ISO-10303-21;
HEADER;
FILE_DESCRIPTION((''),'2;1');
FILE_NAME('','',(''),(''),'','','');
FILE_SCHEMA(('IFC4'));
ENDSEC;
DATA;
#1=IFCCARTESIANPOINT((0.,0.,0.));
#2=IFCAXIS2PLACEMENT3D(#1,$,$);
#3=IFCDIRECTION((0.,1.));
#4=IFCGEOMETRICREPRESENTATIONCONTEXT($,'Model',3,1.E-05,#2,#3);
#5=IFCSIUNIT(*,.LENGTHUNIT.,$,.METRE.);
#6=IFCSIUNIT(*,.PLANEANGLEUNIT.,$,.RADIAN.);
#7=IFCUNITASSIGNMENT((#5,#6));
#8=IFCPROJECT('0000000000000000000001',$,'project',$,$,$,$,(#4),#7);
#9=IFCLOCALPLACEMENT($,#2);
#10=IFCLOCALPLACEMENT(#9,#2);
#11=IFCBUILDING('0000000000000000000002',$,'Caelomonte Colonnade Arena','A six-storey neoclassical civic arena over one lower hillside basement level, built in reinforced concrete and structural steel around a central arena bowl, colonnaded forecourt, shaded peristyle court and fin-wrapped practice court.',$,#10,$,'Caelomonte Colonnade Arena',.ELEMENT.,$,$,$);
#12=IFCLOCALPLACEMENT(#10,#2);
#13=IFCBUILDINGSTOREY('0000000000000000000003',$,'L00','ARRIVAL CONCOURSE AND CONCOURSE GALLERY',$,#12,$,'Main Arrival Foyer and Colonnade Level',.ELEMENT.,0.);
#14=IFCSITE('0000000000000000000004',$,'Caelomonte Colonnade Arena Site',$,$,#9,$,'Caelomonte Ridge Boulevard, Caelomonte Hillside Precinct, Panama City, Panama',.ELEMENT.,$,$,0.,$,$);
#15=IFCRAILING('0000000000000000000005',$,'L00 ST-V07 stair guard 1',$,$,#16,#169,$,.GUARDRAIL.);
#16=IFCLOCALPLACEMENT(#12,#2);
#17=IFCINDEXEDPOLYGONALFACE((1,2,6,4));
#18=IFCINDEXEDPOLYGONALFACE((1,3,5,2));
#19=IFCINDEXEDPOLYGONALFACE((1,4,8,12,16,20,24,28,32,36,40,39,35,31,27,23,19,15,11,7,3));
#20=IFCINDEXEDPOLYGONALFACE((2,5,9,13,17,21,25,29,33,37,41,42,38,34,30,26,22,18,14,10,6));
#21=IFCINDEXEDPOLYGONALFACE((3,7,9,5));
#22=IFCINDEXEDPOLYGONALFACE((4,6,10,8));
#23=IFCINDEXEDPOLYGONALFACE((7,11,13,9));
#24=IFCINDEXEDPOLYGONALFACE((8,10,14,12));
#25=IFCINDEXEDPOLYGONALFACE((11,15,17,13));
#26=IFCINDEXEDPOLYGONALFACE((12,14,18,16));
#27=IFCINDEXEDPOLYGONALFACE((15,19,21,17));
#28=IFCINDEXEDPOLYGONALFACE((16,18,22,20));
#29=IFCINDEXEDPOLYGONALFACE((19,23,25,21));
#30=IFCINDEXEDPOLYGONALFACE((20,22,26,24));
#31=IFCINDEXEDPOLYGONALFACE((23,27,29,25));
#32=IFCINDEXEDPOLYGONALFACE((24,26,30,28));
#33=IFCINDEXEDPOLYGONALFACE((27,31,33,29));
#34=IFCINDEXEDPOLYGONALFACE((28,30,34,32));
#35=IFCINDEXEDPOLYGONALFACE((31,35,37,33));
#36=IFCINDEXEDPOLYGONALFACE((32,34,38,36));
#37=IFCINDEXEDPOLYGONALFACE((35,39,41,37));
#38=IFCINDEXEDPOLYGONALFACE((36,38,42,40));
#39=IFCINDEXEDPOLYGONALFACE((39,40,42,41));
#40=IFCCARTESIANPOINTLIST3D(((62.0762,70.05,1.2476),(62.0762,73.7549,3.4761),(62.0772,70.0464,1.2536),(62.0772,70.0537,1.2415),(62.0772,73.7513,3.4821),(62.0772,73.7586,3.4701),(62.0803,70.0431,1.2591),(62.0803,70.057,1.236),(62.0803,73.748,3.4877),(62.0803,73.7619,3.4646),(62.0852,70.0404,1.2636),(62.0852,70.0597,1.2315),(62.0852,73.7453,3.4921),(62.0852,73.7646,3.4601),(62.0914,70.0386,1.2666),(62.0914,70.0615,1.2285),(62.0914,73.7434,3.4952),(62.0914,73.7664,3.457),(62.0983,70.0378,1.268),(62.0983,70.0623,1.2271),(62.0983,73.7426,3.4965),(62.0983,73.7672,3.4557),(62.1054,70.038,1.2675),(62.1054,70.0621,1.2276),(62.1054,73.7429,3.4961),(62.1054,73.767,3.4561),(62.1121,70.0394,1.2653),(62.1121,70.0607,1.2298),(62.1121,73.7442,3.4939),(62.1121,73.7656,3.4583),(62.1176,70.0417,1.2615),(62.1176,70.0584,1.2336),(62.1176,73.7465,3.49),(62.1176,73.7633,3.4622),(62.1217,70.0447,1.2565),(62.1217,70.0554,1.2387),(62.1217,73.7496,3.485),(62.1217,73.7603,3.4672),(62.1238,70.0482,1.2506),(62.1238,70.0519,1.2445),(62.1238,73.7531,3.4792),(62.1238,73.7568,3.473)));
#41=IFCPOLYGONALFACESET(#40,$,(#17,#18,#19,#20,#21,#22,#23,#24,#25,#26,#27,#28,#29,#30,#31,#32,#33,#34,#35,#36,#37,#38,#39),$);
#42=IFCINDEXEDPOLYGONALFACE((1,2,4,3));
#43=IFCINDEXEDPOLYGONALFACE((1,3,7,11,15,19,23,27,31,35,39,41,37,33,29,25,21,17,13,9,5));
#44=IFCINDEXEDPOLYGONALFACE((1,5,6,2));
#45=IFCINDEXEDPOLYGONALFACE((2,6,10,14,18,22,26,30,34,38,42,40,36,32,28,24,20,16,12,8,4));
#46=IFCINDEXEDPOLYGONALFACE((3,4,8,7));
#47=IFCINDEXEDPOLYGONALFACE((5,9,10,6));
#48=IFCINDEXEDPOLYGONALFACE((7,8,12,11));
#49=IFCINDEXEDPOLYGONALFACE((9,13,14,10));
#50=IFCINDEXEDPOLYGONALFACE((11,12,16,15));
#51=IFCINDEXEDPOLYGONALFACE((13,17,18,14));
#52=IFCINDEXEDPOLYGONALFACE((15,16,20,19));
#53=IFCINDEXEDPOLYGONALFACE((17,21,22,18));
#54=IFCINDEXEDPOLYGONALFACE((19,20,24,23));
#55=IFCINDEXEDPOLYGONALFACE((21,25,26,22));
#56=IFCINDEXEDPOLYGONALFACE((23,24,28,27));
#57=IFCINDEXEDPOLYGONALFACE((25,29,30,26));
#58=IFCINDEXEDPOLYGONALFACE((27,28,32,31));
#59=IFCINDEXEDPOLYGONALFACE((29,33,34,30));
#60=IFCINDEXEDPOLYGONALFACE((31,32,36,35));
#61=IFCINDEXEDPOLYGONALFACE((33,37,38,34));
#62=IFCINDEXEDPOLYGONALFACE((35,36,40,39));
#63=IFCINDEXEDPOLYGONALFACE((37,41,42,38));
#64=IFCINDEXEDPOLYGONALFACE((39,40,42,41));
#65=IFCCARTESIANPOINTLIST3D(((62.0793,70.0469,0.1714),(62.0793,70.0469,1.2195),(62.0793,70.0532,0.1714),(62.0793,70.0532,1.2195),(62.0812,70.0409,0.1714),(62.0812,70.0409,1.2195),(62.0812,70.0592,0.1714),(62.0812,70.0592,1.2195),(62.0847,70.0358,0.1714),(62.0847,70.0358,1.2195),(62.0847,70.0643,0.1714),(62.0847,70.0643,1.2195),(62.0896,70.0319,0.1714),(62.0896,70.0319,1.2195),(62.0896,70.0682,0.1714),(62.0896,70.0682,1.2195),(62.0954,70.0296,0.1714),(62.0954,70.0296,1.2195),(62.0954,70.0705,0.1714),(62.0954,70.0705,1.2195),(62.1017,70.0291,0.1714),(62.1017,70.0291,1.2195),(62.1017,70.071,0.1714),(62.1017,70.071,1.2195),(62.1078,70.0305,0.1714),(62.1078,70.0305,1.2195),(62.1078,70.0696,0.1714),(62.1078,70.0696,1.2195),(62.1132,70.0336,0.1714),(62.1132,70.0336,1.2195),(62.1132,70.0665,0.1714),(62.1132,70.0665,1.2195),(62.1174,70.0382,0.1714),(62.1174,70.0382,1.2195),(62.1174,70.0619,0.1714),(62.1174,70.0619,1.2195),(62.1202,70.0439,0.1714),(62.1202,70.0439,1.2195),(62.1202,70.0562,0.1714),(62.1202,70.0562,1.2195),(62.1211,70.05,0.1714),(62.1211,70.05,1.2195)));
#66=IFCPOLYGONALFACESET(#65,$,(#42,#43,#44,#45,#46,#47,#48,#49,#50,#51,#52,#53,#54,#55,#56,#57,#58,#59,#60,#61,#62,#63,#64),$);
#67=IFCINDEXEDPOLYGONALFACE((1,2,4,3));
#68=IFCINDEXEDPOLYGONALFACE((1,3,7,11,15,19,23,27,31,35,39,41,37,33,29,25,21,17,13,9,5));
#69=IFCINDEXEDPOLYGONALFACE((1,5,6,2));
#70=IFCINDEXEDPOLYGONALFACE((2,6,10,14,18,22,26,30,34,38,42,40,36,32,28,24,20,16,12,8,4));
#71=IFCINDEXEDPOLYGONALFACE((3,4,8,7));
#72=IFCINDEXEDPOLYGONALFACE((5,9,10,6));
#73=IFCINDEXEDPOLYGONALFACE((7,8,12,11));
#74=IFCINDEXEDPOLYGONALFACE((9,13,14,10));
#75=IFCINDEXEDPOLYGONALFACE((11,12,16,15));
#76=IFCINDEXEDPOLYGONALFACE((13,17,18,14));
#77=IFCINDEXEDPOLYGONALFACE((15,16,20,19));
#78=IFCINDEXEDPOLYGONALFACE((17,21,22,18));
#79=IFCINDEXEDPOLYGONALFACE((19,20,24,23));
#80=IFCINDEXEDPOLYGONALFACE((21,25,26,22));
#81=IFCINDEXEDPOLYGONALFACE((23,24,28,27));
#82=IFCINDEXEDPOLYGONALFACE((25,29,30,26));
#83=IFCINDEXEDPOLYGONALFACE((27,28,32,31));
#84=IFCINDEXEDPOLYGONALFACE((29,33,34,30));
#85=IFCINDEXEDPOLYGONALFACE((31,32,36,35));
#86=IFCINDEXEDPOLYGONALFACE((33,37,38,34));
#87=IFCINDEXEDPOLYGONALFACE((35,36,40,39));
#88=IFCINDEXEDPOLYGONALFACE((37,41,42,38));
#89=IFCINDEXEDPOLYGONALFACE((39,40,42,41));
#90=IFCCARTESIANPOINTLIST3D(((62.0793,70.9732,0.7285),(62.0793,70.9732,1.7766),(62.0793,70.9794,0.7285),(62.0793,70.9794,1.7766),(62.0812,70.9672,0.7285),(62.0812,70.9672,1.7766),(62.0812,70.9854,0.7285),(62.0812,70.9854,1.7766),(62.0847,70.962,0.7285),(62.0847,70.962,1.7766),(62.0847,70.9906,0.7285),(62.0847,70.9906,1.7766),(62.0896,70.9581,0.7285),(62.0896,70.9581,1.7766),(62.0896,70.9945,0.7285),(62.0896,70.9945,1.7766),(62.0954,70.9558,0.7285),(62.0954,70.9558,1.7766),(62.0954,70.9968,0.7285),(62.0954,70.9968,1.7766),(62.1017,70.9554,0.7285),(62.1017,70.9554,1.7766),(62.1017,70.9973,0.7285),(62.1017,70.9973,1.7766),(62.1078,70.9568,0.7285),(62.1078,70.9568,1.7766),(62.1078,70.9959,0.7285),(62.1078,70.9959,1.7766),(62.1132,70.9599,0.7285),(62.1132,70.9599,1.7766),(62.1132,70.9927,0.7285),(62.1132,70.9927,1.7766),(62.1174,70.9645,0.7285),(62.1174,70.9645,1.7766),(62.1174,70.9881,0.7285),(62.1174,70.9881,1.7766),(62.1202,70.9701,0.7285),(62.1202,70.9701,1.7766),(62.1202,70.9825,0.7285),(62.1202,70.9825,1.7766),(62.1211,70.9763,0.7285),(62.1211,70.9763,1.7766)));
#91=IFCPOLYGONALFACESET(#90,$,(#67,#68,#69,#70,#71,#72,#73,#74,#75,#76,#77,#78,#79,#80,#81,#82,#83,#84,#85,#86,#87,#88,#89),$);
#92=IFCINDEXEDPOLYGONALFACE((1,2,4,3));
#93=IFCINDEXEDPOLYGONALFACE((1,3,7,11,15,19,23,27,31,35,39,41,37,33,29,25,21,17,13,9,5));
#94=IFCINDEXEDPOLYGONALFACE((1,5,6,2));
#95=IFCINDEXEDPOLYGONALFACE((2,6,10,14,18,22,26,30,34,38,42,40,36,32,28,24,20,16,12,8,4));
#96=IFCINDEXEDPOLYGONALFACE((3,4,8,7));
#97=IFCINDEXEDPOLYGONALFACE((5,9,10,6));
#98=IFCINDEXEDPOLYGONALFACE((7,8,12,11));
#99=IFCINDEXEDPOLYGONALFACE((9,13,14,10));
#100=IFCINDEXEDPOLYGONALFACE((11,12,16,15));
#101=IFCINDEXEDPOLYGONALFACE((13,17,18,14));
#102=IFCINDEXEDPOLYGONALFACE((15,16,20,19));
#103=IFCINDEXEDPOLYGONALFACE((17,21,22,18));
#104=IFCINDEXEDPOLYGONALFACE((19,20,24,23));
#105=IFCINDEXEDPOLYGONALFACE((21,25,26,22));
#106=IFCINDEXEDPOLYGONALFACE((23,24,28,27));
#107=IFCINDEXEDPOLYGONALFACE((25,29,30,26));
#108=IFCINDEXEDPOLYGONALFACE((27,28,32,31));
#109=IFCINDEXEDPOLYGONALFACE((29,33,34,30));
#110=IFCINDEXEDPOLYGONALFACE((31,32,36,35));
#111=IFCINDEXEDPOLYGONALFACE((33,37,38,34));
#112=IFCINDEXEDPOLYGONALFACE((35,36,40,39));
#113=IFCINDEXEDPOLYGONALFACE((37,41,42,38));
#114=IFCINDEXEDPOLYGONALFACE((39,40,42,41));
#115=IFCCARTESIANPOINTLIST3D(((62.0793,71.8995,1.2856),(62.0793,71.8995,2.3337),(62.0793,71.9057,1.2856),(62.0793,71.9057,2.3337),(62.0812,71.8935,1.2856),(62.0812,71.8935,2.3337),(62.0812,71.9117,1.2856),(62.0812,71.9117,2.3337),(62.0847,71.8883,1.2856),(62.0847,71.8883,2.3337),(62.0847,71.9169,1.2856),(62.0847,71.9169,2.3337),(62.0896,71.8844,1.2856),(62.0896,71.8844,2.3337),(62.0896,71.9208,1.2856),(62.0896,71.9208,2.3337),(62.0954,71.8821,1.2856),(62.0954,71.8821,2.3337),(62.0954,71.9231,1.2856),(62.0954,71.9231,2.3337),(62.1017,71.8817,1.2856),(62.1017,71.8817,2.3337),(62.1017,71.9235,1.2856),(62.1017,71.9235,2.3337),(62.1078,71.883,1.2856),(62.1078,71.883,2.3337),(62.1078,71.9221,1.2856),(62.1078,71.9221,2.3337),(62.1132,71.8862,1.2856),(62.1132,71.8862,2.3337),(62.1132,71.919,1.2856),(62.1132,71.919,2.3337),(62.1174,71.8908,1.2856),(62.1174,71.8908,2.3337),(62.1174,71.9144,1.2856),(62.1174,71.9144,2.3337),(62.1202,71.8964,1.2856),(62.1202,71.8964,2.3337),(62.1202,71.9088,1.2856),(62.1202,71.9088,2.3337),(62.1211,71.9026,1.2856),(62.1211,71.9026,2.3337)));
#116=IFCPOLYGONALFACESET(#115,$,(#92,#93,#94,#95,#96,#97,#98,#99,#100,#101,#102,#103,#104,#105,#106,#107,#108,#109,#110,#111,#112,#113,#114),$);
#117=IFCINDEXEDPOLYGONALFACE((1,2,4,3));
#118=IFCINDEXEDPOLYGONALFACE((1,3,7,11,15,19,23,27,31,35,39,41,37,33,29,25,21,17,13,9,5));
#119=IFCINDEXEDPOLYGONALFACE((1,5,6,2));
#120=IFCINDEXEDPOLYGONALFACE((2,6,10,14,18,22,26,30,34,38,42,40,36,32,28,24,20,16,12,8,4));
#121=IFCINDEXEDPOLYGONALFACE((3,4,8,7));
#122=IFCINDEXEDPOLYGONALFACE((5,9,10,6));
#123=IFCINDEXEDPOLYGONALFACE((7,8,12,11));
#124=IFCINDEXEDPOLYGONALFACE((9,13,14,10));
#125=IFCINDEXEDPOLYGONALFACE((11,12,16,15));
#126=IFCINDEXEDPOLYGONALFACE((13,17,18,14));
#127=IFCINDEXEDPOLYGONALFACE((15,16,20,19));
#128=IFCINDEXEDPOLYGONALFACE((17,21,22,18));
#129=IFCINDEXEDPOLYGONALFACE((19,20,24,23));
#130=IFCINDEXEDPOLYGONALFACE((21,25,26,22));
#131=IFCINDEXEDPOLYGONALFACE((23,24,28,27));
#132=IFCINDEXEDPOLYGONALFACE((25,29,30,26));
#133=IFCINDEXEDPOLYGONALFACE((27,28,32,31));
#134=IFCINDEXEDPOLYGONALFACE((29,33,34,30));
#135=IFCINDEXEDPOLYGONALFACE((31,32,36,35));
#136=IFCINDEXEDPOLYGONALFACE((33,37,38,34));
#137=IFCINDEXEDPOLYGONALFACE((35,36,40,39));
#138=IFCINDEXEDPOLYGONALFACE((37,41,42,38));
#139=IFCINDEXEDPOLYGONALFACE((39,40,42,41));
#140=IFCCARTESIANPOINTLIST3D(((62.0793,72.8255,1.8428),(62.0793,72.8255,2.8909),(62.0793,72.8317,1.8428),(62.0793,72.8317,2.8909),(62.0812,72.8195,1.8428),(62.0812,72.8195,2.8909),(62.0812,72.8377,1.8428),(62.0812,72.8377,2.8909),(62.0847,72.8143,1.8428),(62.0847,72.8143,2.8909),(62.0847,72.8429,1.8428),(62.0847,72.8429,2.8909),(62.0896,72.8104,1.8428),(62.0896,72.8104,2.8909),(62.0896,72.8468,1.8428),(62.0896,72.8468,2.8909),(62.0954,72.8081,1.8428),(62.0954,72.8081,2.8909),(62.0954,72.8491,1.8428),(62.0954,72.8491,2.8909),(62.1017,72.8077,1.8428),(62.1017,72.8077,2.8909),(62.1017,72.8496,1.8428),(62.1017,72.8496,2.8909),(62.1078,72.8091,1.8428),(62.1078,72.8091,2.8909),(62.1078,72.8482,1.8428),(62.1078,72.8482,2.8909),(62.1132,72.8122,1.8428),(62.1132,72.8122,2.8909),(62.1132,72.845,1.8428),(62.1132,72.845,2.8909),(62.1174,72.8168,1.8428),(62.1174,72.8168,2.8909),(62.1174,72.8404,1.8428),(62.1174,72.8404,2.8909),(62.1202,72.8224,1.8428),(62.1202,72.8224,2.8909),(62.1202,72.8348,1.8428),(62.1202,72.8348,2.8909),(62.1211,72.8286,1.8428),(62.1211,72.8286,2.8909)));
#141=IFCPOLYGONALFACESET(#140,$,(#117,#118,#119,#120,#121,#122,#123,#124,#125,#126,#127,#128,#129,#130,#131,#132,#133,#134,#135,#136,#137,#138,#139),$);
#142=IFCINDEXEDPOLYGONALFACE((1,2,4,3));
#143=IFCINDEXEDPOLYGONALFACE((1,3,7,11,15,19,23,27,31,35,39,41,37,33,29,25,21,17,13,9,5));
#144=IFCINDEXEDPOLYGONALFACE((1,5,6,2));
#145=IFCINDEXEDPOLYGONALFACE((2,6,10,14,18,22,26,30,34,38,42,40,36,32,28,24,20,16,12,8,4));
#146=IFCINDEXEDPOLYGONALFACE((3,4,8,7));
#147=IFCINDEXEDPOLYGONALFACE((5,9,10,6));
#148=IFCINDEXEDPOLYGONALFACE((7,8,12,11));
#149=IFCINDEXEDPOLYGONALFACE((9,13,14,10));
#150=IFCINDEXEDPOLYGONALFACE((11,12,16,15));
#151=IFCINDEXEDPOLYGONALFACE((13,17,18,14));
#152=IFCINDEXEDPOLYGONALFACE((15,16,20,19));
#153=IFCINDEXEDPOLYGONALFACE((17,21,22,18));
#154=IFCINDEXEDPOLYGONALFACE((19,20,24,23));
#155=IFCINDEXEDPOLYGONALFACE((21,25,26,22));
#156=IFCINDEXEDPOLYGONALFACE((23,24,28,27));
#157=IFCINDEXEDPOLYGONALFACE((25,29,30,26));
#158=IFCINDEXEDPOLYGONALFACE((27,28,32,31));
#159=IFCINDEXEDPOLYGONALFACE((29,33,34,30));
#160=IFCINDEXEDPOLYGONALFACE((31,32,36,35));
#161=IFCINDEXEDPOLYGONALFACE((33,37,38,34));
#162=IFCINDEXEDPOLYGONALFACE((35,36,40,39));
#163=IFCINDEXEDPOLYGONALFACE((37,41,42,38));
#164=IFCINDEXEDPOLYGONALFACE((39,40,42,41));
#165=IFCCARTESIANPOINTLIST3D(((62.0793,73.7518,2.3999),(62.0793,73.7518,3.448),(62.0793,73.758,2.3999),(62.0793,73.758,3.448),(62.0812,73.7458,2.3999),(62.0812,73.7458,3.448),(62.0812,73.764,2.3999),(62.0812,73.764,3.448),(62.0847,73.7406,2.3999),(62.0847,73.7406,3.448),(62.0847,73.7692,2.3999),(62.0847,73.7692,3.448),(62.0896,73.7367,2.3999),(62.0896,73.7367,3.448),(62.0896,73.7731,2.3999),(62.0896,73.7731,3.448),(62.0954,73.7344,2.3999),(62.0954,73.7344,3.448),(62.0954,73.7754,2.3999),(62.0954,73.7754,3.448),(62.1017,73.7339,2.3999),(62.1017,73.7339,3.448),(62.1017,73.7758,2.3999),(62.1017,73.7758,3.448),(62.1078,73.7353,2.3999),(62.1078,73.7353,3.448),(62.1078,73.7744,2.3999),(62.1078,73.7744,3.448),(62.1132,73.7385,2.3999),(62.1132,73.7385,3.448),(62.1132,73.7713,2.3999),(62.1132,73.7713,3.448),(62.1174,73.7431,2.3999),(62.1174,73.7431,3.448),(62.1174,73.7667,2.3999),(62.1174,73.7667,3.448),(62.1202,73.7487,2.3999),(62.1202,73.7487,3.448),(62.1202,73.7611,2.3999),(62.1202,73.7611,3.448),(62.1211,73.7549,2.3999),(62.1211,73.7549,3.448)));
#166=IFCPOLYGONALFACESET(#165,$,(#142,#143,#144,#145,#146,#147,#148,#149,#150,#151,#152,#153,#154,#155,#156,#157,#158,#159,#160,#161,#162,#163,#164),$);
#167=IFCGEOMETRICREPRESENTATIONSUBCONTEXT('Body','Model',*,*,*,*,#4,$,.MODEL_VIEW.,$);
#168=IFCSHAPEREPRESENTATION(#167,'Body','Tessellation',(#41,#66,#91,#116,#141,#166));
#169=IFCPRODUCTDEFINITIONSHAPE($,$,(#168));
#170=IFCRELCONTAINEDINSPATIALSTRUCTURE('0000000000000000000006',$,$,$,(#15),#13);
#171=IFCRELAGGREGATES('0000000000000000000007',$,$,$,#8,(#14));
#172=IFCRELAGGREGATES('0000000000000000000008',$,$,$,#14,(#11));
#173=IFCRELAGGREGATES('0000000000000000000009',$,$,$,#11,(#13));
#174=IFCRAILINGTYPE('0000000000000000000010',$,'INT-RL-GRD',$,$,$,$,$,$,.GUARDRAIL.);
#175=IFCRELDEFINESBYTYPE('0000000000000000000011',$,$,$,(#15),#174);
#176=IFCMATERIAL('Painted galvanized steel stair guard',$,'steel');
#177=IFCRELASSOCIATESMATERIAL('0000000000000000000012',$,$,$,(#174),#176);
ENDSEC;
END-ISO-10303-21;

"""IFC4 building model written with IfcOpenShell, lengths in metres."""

from ifc_helpers import new_model, si_unit, direction, frame, origin, origin_2d, place, context, subcontext, project, spatial, circle, extrude, material, type_object, element, save


model = new_model("IFC4")

# Units and contexts
model_context = context("Model", 3, precision=1e-05, world=origin(), true_north=direction((0.0, 1.0)))
body_context = subcontext(model_context, "Body", "Model", "MODEL_VIEW")
ifc_project = project(units=[si_unit("LENGTHUNIT", "METRE"), si_unit("PLANEANGLEUNIT", "RADIAN")], contexts=[model_context])

# Site, building, storey
site_placement = place(None, origin())
site = spatial("IfcSite", under=ifc_project, at=site_placement, Name="Caelomonte Colonnade Arena Site", LongName="Caelomonte Ridge Boulevard, Caelomonte Hillside Precinct, Panama City, Panama", CompositionType="ELEMENT", RefElevation=0.0)
building_placement = place(site_placement, origin())
building = spatial("IfcBuilding", under=site, at=building_placement, Name="Caelomonte Colonnade Arena", Description="A six-storey neoclassical civic arena over one lower hillside basement level, built in reinforced concrete and structural steel around a central arena bowl, colonnaded forecourt, shaded peristyle court and fin-wrapped practice court.", LongName="Caelomonte Colonnade Arena", CompositionType="ELEMENT")
storey_placement = place(building_placement, origin())
storey = spatial("IfcBuildingStorey", under=building, at=storey_placement, Name="L00", Description="ARRIVAL CONCOURSE AND CONCOURSE GALLERY", LongName="Main Arrival Foyer and Colonnade Level", CompositionType="ELEMENT", Elevation=0.0)

# Railing
ifc_material_1 = material(Name="Painted galvanized steel stair guard", Category="steel")
railing_type_1 = type_object("IfcRailingType", Name="INT-RL-GRD", PredefinedType="GUARDRAIL", material=ifc_material_1)
railing_1_placement = place(storey_placement, frame((62.1001, 70.05, 0.1714)))
element("IfcRailing", 1, at=railing_1_placement, inside=storey, type_object=railing_type_1, Name="L00 ST-V07 stair guard 1", PredefinedType="GUARDRAIL", context=body_context, shape_type="SweptSolid", body=[
    extrude(circle(Radius=0.0239, at=origin_2d()), frame((0.0, 0.0, 1.0762), z_axis=(0.0, 0.856919, 0.51545), x_axis=(-1.0, 0.0, 0.0)), (0.0, 0.0, 1.0), 4.3235),
    extrude(circle(Radius=0.021, at=origin_2d()), origin(), (0.0, 0.0, 1.0), 1.0481),
    extrude(circle(Radius=0.021, at=origin_2d()), frame((0.0, 0.9263, 0.5571)), (0.0, 0.0, 1.0), 1.0481),
    extrude(circle(Radius=0.021, at=origin_2d()), frame((0.0, 1.8525, 1.1143)), (0.0, 0.0, 1.0), 1.0481),
    extrude(circle(Radius=0.021, at=origin_2d()), frame((0.0, 2.7786, 1.6714)), (0.0, 0.0, 1.0), 1.0481),
    extrude(circle(Radius=0.021, at=origin_2d()), frame((0.0, 3.7048, 2.2285)), (0.0, 0.0, 1.0), 1.0481),
])

save(model, "model.ifc")
